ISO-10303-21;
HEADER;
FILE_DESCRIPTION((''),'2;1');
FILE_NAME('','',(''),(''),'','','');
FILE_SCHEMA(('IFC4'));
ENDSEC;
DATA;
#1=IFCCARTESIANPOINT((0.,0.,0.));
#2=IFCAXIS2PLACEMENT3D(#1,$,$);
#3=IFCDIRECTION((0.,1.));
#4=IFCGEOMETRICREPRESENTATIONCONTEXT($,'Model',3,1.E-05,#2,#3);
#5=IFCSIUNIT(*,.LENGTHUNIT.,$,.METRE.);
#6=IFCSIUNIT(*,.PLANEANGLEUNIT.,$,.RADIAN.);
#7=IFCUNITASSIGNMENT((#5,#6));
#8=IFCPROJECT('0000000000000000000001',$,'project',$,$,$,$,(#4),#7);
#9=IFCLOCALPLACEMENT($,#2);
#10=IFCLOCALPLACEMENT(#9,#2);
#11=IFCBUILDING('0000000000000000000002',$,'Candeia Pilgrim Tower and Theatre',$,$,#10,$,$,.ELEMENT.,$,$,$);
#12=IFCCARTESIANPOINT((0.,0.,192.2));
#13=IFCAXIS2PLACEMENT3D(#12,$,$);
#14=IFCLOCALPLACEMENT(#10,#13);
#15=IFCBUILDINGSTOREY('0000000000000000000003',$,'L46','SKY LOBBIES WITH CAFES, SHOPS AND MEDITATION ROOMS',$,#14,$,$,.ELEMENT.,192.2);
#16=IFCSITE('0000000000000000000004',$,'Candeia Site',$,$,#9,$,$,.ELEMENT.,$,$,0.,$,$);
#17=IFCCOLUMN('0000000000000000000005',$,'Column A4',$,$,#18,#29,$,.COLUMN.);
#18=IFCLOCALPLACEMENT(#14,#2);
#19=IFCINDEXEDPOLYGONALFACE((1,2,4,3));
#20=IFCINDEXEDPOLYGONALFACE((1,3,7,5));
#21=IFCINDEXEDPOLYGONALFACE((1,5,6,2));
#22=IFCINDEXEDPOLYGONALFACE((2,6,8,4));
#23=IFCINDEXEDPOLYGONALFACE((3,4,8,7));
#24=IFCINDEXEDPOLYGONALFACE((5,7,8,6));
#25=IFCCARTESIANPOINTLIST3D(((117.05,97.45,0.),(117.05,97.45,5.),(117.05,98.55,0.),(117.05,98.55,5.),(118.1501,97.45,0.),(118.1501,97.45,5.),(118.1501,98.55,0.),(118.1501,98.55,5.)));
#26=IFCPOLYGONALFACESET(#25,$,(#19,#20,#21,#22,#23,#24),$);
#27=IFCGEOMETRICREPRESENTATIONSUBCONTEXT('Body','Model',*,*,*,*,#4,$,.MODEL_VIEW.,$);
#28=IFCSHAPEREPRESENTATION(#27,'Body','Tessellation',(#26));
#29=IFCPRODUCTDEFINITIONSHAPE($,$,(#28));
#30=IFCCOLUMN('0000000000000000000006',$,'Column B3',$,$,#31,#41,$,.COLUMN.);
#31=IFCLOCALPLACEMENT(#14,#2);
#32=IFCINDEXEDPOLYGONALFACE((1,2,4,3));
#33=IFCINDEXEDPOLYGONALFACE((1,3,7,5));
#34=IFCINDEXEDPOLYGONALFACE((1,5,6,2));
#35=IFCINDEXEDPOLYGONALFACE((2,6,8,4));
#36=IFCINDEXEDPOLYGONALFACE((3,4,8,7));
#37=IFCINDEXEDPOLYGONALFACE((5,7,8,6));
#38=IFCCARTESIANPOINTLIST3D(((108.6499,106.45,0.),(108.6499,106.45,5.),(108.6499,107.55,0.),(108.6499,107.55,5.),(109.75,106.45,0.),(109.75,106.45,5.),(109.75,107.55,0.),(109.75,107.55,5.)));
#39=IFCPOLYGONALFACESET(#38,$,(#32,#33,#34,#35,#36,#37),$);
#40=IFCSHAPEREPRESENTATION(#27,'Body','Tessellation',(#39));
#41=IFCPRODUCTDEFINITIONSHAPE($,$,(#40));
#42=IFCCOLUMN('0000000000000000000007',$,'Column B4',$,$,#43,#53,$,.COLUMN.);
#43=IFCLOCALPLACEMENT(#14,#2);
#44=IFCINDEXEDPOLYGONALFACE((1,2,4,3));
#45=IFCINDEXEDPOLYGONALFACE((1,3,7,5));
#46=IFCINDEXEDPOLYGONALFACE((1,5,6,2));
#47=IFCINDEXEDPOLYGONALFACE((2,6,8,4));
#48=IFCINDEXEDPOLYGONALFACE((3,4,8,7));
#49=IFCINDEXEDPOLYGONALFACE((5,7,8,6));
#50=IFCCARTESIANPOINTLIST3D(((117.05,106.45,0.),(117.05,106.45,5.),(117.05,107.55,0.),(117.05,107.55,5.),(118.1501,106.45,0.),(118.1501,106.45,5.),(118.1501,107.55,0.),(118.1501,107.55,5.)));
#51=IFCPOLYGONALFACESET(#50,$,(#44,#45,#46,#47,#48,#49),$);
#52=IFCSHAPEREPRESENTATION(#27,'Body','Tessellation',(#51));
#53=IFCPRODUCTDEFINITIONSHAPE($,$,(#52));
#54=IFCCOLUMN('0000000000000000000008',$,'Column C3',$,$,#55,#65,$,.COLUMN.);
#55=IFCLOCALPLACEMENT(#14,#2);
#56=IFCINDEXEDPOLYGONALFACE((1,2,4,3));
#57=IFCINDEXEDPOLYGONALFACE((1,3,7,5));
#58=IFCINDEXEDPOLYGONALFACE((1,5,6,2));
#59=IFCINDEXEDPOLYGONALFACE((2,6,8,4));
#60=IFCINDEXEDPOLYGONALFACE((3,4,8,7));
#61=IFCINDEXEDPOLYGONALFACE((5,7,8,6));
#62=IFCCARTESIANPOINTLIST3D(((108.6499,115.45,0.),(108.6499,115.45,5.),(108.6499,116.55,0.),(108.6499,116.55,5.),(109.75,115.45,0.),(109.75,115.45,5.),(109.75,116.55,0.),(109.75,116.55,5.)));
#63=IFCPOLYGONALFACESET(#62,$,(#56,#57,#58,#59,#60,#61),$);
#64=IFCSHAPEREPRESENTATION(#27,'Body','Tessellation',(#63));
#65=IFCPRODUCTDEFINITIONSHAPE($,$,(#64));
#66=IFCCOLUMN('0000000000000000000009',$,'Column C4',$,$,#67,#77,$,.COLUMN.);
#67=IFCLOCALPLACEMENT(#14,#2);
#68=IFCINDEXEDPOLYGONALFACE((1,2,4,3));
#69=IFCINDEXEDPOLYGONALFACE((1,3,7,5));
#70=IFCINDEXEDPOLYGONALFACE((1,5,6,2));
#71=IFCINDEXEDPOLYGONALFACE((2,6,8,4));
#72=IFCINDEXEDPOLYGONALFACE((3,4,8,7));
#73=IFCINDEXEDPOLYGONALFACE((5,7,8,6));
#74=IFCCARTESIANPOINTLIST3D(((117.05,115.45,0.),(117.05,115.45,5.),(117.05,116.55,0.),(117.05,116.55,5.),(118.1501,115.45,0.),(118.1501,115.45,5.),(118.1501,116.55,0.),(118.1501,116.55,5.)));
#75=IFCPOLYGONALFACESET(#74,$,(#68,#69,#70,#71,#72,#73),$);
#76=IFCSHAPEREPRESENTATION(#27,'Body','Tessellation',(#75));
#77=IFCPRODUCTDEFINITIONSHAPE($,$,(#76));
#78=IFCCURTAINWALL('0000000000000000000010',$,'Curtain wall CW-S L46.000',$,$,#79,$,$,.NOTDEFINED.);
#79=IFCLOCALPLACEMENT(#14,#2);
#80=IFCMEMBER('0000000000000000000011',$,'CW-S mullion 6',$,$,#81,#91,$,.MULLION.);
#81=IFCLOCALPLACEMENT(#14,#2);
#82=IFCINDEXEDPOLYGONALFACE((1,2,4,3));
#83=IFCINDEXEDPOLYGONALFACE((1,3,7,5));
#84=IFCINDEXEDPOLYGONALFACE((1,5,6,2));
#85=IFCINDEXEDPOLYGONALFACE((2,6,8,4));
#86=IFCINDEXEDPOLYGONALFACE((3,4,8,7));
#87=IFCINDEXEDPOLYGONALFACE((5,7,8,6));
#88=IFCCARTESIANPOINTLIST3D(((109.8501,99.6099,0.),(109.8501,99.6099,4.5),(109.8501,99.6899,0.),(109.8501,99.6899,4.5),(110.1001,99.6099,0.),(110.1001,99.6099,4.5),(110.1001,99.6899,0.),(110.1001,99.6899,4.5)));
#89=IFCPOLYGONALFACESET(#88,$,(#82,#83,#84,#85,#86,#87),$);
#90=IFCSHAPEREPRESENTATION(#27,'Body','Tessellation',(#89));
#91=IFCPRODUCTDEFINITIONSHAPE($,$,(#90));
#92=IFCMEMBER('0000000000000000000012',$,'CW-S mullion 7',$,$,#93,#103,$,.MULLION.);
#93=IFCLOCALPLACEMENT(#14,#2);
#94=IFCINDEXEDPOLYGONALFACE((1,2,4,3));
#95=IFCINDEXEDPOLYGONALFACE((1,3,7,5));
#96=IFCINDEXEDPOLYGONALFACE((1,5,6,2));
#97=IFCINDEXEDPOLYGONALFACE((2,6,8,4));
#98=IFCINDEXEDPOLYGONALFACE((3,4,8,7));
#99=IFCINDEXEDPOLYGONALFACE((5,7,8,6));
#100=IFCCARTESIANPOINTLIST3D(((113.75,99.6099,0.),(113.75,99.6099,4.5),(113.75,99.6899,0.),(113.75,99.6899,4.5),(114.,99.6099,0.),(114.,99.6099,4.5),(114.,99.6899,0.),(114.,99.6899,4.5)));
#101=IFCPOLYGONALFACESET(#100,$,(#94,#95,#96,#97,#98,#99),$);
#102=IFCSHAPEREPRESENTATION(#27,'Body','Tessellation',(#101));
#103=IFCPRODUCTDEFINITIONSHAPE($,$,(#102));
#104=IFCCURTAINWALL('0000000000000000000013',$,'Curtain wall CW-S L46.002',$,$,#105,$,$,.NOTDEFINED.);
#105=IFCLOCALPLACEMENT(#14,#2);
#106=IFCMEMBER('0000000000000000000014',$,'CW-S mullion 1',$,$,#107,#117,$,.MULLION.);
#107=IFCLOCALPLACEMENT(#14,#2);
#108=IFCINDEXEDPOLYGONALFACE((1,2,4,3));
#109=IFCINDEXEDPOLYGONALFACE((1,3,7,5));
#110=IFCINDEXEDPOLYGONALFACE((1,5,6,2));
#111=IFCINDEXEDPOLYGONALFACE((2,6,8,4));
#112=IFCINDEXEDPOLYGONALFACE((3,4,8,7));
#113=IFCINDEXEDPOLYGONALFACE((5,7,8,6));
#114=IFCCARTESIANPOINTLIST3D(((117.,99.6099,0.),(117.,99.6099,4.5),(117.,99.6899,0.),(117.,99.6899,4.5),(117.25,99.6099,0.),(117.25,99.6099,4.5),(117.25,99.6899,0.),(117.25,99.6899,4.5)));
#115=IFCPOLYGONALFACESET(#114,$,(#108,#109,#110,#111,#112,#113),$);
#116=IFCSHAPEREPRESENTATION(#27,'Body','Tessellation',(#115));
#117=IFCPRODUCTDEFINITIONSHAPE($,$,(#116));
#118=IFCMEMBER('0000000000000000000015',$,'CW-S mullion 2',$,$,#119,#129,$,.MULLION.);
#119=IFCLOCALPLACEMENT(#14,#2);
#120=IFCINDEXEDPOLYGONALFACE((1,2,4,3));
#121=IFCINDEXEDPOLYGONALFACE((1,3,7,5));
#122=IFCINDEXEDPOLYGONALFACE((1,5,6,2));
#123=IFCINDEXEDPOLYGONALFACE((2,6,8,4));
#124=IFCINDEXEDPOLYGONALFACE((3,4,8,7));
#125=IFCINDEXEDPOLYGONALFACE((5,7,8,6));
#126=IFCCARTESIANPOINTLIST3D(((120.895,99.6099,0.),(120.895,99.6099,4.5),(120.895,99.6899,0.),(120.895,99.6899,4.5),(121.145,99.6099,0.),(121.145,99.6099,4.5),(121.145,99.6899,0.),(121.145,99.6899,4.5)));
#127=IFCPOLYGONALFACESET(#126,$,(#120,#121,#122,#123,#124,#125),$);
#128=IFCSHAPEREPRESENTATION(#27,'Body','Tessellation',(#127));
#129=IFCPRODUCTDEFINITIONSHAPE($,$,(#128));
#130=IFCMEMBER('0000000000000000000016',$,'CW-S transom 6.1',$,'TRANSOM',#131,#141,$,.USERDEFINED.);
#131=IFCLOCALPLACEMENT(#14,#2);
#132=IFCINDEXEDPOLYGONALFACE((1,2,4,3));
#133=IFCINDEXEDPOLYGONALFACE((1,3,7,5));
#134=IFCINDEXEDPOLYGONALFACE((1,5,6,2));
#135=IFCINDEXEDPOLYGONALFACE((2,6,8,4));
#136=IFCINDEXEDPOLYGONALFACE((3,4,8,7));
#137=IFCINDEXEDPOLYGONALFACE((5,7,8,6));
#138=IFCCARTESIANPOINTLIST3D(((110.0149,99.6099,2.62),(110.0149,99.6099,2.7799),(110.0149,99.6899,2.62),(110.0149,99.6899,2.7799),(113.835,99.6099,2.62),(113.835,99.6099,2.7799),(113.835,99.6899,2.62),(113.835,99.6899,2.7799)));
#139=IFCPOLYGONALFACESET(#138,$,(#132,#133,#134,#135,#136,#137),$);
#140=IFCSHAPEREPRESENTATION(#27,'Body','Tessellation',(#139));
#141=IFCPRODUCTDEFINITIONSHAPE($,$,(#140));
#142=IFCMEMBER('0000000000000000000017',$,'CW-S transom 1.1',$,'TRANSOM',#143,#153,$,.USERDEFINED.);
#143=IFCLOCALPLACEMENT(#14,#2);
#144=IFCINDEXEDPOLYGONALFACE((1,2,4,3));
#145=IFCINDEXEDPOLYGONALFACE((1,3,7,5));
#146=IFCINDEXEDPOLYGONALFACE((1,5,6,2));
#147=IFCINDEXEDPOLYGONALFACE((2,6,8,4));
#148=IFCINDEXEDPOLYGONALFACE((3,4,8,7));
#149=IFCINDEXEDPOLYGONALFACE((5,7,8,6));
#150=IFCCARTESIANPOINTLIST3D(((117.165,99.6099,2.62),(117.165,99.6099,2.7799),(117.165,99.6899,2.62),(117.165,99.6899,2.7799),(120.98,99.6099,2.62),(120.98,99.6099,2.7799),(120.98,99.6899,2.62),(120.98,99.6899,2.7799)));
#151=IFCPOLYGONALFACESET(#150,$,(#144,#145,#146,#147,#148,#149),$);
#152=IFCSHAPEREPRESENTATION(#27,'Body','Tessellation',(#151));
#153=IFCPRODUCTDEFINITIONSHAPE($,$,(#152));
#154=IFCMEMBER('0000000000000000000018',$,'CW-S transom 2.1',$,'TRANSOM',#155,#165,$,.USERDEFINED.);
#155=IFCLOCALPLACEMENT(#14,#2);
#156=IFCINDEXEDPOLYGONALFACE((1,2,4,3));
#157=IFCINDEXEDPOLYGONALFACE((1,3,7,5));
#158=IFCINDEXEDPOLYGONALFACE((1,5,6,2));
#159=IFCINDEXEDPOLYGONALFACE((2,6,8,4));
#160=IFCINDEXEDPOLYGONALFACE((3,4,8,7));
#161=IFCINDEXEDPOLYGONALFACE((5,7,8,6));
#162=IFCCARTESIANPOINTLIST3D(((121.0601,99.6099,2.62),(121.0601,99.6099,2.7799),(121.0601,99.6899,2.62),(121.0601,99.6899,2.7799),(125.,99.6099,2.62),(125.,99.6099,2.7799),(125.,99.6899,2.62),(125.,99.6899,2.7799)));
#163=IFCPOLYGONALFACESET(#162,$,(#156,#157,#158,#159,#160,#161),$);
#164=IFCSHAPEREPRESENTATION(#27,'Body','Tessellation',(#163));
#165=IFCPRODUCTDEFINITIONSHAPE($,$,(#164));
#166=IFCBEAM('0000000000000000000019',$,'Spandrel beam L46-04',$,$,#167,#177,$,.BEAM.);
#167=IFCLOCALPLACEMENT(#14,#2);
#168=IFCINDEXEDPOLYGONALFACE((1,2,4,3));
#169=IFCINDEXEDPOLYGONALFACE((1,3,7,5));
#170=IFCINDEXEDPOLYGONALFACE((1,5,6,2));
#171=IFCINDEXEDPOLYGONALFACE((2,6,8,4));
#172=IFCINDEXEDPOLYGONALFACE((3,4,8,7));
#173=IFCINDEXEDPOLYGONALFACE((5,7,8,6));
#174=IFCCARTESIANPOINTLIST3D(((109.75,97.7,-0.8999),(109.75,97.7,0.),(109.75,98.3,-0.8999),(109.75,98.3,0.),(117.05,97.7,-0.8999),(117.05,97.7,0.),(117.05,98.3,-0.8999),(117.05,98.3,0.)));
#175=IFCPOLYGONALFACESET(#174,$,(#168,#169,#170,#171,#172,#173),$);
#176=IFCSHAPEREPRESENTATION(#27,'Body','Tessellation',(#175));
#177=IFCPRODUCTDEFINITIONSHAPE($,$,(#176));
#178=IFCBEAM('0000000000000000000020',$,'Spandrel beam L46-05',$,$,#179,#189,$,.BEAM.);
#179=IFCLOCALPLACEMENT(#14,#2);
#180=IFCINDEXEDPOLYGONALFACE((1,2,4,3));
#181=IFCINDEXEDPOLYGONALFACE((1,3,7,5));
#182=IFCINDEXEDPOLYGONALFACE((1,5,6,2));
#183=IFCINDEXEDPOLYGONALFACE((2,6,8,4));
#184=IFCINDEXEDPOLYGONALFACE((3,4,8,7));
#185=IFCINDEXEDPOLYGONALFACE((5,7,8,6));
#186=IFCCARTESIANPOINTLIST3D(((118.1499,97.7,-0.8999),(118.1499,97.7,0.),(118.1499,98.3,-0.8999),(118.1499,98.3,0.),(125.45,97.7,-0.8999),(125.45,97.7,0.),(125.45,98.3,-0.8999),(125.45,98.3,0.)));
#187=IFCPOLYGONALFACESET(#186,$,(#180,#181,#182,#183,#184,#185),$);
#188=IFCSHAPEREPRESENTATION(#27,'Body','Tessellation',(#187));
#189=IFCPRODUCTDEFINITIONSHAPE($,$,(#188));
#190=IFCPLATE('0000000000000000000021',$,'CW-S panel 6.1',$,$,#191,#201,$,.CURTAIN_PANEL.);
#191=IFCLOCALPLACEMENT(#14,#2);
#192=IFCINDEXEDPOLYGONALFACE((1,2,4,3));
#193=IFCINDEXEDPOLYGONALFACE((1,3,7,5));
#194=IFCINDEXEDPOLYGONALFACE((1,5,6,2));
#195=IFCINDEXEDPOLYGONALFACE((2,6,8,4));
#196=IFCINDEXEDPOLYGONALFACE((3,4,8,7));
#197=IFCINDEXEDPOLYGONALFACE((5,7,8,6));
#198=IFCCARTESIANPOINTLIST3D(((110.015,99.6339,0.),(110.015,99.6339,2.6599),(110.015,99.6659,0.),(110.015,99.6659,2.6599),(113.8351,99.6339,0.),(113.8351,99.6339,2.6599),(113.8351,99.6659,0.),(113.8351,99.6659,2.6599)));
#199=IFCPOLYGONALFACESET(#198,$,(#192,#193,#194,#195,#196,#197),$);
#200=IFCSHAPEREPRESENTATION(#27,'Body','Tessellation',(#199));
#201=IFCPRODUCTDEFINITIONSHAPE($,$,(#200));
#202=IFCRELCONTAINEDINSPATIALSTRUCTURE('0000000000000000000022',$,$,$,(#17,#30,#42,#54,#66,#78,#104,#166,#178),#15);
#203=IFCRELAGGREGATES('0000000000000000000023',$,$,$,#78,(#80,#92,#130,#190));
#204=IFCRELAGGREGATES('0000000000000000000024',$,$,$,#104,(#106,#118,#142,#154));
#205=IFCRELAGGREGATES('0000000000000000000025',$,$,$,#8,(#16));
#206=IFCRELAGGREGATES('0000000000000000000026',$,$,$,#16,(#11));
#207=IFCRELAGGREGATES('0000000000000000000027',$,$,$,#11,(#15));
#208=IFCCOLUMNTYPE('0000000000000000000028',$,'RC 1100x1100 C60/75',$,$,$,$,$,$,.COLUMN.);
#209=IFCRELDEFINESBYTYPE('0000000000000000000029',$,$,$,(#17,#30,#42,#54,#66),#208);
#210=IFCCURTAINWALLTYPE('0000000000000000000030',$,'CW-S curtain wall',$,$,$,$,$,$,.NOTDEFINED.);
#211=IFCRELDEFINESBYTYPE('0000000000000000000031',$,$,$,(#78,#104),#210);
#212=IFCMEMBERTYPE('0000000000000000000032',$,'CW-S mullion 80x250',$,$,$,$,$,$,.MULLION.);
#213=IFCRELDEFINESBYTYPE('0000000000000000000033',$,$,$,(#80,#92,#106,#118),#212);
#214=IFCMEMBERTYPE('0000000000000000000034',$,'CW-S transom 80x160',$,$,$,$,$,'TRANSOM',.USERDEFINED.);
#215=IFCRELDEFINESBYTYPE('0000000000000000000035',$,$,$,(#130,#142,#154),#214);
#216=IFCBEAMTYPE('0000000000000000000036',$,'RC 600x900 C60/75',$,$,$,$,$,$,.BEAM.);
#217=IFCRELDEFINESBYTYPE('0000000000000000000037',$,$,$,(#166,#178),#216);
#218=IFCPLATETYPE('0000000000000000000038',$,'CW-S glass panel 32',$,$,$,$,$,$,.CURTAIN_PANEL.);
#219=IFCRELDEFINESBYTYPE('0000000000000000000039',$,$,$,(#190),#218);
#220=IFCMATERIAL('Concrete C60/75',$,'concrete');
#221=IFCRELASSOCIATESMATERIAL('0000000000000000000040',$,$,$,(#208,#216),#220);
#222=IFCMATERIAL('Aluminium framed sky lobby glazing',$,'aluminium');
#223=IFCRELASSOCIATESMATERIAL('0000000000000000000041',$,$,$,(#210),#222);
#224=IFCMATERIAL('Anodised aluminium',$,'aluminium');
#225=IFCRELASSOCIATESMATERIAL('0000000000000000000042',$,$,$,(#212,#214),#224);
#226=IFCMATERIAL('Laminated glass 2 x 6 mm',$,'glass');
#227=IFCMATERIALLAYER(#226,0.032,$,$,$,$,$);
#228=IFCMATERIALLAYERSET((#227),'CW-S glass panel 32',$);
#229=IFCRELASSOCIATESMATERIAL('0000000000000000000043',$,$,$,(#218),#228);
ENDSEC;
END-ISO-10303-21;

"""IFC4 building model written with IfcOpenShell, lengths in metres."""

from ifc_helpers import new_model, si_unit, direction, frame, origin, origin_2d, place, context, subcontext, project, spatial, rectangle, extrude, material, layer, layer_set, material_profile, profile_set, type_object, element, aggregate, save


model = new_model("IFC4")

# Units and contexts
model_context = context("Model", 3, precision=1e-05, world=origin(), true_north=direction((0.0, 1.0)))
body_context = subcontext(model_context, "Body", "Model", "MODEL_VIEW")
ifc_project = project(units=[si_unit("LENGTHUNIT", "METRE"), si_unit("PLANEANGLEUNIT", "RADIAN")], contexts=[model_context])

# Site, building, storey
site_placement = place(None, origin())
site = spatial("IfcSite", under=ifc_project, at=site_placement, Name="Candeia Site", CompositionType="ELEMENT", RefElevation=0.0)
building_placement = place(site_placement, origin())
building = spatial("IfcBuilding", under=site, at=building_placement, Name="Candeia Pilgrim Tower and Theatre", CompositionType="ELEMENT")
storey_placement = place(building_placement, frame((0.0, 0.0, 192.2)))
storey = spatial("IfcBuildingStorey", under=building, at=storey_placement, Name="L46", Description="SKY LOBBIES WITH CAFES, SHOPS AND MEDITATION ROOMS", CompositionType="ELEMENT", Elevation=192.2)

# Columns
ifc_material_1 = material(Name="Concrete C60/75", Category="concrete")
ifc_material_profile_1 = material_profile(ifc_material_1, rectangle(XDim=1.1001, YDim=1.1001, at=origin_2d()))
ifc_profile_set_1 = profile_set([ifc_material_profile_1], Name="Concrete C60/75")
column_type = type_object("IfcColumnType", Name="RC 1100x1100 C60/75", PredefinedType="COLUMN", material=ifc_profile_set_1)
for number, where, z_axis, x_axis, name in (
    (1, (117.6001, 98.0, 0.0), (0.0, 0.0, 1.0), (1.0, 0.0, 0.0), "Column A4"),
    (2, (109.2, 107.0, 0.0), (0.0, 0.0, 1.0), (1.0, 0.0, 0.0), "Column B3"),
    (3, (117.6001, 107.0, 0.0), (0.0, 0.0, 1.0), (1.0, 0.0, 0.0), "Column B4"),
    (4, (109.2, 116.0, 0.0), (0.0, 0.0, 1.0), (1.0, 0.0, 0.0), "Column C3"),
    (5, (117.6001, 116.0, 0.0), (0.0, 0.0, 1.0), (1.0, 0.0, 0.0), "Column C4"),
):
    element("IfcColumn", number, at=place(storey_placement, frame(where, z_axis=z_axis, x_axis=x_axis)), inside=storey, type_object=column_type, Name=name, PredefinedType="COLUMN", context=body_context, shape_type="SweptSolid", body=[
        extrude(rectangle(XDim=1.1001, YDim=1.1001, at=origin_2d()), origin(), (0.0, 0.0, 1.0), 5.0),
    ])

# Curtain walls, members
ifc_material_2 = material(Name="Aluminium framed sky lobby glazing", Category="aluminium")
curtain_wall_type = type_object("IfcCurtainWallType", Name="CW-S curtain wall", PredefinedType="NOTDEFINED", material=ifc_material_2)
curtain_wall_1_placement = place(storey_placement, origin())
curtain_wall_1 = element("IfcCurtainWall", 6, at=curtain_wall_1_placement, inside=storey, type_object=curtain_wall_type, Name="Curtain wall CW-S L46.000", PredefinedType="NOTDEFINED")
ifc_material_3 = material(Name="Anodised aluminium", Category="aluminium")
ifc_material_profile_2 = material_profile(ifc_material_3, rectangle(XDim=0.0801, YDim=0.25, at=origin_2d()))
ifc_profile_set_2 = profile_set([ifc_material_profile_2], Name="Anodised aluminium")
member_type_1 = type_object("IfcMemberType", Name="CW-S mullion 80x250", PredefinedType="MULLION", material=ifc_profile_set_2)
member_1_placement = place(storey_placement, frame((109.9751, 99.6499, 0.0), z_axis=(0.0, 0.0, 1.0), x_axis=(0.0, 1.0, 0.0)))
member_1 = element("IfcMember", 7, at=member_1_placement, type_object=member_type_1, Name="CW-S mullion 6", PredefinedType="MULLION", context=body_context, shape_type="SweptSolid", body=[
    extrude(rectangle(XDim=0.0801, YDim=0.25, at=origin_2d()), origin(), (0.0, 0.0, 1.0), 4.5),
])
member_2_placement = place(storey_placement, frame((113.875, 99.6499, 0.0), z_axis=(0.0, 0.0, 1.0), x_axis=(0.0, 1.0, 0.0)))
member_2 = element("IfcMember", 8, at=member_2_placement, type_object=member_type_1, Name="CW-S mullion 7", PredefinedType="MULLION", context=body_context, shape_type="SweptSolid", body=[
    extrude(rectangle(XDim=0.0801, YDim=0.25, at=origin_2d()), origin(), (0.0, 0.0, 1.0), 4.5),
])
curtain_wall_2_placement = place(storey_placement, origin())
curtain_wall_2 = element("IfcCurtainWall", 9, at=curtain_wall_2_placement, inside=storey, type_object=curtain_wall_type, Name="Curtain wall CW-S L46.002", PredefinedType="NOTDEFINED")
member_3_placement = place(storey_placement, frame((117.125, 99.6499, 0.0), z_axis=(0.0, 0.0, 1.0), x_axis=(0.0, 1.0, 0.0)))
member_3 = element("IfcMember", 10, at=member_3_placement, type_object=member_type_1, Name="CW-S mullion 1", PredefinedType="MULLION", context=body_context, shape_type="SweptSolid", body=[
    extrude(rectangle(XDim=0.0801, YDim=0.25, at=origin_2d()), origin(), (0.0, 0.0, 1.0), 4.5),
])
member_4_placement = place(storey_placement, frame((121.02, 99.6499, 0.0), z_axis=(0.0, 0.0, 1.0), x_axis=(0.0, 1.0, 0.0)))
member_4 = element("IfcMember", 11, at=member_4_placement, type_object=member_type_1, Name="CW-S mullion 2", PredefinedType="MULLION", context=body_context, shape_type="SweptSolid", body=[
    extrude(rectangle(XDim=0.0801, YDim=0.25, at=origin_2d()), origin(), (0.0, 0.0, 1.0), 4.5),
])

# Members
ifc_material_profile_3 = material_profile(ifc_material_3, rectangle(XDim=0.0801, YDim=0.1599, at=origin_2d()))
ifc_profile_set_3 = profile_set([ifc_material_profile_3], Name="Anodised aluminium")
member_type_2 = type_object("IfcMemberType", Name="CW-S transom 80x160", ElementType="TRANSOM", PredefinedType="USERDEFINED", material=ifc_profile_set_3)
member_5_placement = place(storey_placement, frame((110.0149, 99.6499, 2.7), z_axis=(1.0, 0.0, 0.0), x_axis=(0.0, 1.0, 0.0)))
member_5 = element("IfcMember", 12, at=member_5_placement, type_object=member_type_2, Name="CW-S transom 6.1", ObjectType="TRANSOM", PredefinedType="USERDEFINED", context=body_context, shape_type="SweptSolid", body=[
    extrude(rectangle(XDim=0.0801, YDim=0.1599, at=origin_2d()), origin(), (0.0, 0.0, 1.0), 3.8201),
])
member_6_placement = place(storey_placement, frame((117.165, 99.6499, 2.7), z_axis=(1.0, 0.0, 0.0), x_axis=(0.0, 1.0, 0.0)))
member_6 = element("IfcMember", 13, at=member_6_placement, type_object=member_type_2, Name="CW-S transom 1.1", ObjectType="TRANSOM", PredefinedType="USERDEFINED", context=body_context, shape_type="SweptSolid", body=[
    extrude(rectangle(XDim=0.0801, YDim=0.1599, at=origin_2d()), origin(), (0.0, 0.0, 1.0), 3.8149),
])
member_7_placement = place(storey_placement, frame((121.0601, 99.6499, 2.7), z_axis=(1.0, 0.0, 0.0), x_axis=(0.0, 1.0, 0.0)))
member_7 = element("IfcMember", 14, at=member_7_placement, type_object=member_type_2, Name="CW-S transom 2.1", ObjectType="TRANSOM", PredefinedType="USERDEFINED", context=body_context, shape_type="SweptSolid", body=[
    extrude(rectangle(XDim=0.0801, YDim=0.1599, at=origin_2d()), origin(), (0.0, 0.0, 1.0), 3.9399),
])

# Beams
ifc_material_profile_4 = material_profile(ifc_material_1, rectangle(XDim=0.6001, YDim=0.8999, at=origin_2d()))
ifc_profile_set_4 = profile_set([ifc_material_profile_4], Name="Concrete C60/75")
beam_type = type_object("IfcBeamType", Name="RC 600x900 C60/75", PredefinedType="BEAM", material=ifc_profile_set_4)
for number, where, z_axis, x_axis, name in (
    (15, (109.75, 98.0, -0.45), (1.0, 0.0, 0.0), (0.0, 1.0, 0.0), "Spandrel beam L46-04"),
    (16, (118.1499, 98.0, -0.45), (1.0, 0.0, 0.0), (0.0, 1.0, 0.0), "Spandrel beam L46-05"),
):
    element("IfcBeam", number, at=place(storey_placement, frame(where, z_axis=z_axis, x_axis=x_axis)), inside=storey, type_object=beam_type, Name=name, PredefinedType="BEAM", context=body_context, shape_type="SweptSolid", body=[
        extrude(rectangle(XDim=0.6001, YDim=0.8999, at=origin_2d()), origin(), (0.0, 0.0, 1.0), 7.3),
    ])

# Plate
ifc_material_4 = material(Name="Laminated glass 2 x 6 mm", Category="glass")
ifc_layer_1 = layer(ifc_material_4, 0.032)
ifc_layer_set_1 = layer_set([ifc_layer_1], Name="CW-S glass panel 32")
plate_type = type_object("IfcPlateType", Name="CW-S glass panel 32", PredefinedType="CURTAIN_PANEL", material=ifc_layer_set_1)
plate_1_placement = place(storey_placement, frame((111.925, 99.6499, 0.0), z_axis=(0.0, 0.0, 1.0), x_axis=(1.0, 0.0, 0.0)))
plate_1 = element("IfcPlate", 17, at=plate_1_placement, type_object=plate_type, Name="CW-S panel 6.1", PredefinedType="CURTAIN_PANEL", context=body_context, shape_type="SweptSolid", body=[
    extrude(rectangle(XDim=3.8201, YDim=0.032, at=origin_2d()), origin(), (0.0, 0.0, 1.0), 2.6599),
])
aggregate(curtain_wall_1, [member_1, member_2, member_5, plate_1])
aggregate(curtain_wall_2, [member_3, member_4, member_6, member_7])

save(model, "model.ifc")
